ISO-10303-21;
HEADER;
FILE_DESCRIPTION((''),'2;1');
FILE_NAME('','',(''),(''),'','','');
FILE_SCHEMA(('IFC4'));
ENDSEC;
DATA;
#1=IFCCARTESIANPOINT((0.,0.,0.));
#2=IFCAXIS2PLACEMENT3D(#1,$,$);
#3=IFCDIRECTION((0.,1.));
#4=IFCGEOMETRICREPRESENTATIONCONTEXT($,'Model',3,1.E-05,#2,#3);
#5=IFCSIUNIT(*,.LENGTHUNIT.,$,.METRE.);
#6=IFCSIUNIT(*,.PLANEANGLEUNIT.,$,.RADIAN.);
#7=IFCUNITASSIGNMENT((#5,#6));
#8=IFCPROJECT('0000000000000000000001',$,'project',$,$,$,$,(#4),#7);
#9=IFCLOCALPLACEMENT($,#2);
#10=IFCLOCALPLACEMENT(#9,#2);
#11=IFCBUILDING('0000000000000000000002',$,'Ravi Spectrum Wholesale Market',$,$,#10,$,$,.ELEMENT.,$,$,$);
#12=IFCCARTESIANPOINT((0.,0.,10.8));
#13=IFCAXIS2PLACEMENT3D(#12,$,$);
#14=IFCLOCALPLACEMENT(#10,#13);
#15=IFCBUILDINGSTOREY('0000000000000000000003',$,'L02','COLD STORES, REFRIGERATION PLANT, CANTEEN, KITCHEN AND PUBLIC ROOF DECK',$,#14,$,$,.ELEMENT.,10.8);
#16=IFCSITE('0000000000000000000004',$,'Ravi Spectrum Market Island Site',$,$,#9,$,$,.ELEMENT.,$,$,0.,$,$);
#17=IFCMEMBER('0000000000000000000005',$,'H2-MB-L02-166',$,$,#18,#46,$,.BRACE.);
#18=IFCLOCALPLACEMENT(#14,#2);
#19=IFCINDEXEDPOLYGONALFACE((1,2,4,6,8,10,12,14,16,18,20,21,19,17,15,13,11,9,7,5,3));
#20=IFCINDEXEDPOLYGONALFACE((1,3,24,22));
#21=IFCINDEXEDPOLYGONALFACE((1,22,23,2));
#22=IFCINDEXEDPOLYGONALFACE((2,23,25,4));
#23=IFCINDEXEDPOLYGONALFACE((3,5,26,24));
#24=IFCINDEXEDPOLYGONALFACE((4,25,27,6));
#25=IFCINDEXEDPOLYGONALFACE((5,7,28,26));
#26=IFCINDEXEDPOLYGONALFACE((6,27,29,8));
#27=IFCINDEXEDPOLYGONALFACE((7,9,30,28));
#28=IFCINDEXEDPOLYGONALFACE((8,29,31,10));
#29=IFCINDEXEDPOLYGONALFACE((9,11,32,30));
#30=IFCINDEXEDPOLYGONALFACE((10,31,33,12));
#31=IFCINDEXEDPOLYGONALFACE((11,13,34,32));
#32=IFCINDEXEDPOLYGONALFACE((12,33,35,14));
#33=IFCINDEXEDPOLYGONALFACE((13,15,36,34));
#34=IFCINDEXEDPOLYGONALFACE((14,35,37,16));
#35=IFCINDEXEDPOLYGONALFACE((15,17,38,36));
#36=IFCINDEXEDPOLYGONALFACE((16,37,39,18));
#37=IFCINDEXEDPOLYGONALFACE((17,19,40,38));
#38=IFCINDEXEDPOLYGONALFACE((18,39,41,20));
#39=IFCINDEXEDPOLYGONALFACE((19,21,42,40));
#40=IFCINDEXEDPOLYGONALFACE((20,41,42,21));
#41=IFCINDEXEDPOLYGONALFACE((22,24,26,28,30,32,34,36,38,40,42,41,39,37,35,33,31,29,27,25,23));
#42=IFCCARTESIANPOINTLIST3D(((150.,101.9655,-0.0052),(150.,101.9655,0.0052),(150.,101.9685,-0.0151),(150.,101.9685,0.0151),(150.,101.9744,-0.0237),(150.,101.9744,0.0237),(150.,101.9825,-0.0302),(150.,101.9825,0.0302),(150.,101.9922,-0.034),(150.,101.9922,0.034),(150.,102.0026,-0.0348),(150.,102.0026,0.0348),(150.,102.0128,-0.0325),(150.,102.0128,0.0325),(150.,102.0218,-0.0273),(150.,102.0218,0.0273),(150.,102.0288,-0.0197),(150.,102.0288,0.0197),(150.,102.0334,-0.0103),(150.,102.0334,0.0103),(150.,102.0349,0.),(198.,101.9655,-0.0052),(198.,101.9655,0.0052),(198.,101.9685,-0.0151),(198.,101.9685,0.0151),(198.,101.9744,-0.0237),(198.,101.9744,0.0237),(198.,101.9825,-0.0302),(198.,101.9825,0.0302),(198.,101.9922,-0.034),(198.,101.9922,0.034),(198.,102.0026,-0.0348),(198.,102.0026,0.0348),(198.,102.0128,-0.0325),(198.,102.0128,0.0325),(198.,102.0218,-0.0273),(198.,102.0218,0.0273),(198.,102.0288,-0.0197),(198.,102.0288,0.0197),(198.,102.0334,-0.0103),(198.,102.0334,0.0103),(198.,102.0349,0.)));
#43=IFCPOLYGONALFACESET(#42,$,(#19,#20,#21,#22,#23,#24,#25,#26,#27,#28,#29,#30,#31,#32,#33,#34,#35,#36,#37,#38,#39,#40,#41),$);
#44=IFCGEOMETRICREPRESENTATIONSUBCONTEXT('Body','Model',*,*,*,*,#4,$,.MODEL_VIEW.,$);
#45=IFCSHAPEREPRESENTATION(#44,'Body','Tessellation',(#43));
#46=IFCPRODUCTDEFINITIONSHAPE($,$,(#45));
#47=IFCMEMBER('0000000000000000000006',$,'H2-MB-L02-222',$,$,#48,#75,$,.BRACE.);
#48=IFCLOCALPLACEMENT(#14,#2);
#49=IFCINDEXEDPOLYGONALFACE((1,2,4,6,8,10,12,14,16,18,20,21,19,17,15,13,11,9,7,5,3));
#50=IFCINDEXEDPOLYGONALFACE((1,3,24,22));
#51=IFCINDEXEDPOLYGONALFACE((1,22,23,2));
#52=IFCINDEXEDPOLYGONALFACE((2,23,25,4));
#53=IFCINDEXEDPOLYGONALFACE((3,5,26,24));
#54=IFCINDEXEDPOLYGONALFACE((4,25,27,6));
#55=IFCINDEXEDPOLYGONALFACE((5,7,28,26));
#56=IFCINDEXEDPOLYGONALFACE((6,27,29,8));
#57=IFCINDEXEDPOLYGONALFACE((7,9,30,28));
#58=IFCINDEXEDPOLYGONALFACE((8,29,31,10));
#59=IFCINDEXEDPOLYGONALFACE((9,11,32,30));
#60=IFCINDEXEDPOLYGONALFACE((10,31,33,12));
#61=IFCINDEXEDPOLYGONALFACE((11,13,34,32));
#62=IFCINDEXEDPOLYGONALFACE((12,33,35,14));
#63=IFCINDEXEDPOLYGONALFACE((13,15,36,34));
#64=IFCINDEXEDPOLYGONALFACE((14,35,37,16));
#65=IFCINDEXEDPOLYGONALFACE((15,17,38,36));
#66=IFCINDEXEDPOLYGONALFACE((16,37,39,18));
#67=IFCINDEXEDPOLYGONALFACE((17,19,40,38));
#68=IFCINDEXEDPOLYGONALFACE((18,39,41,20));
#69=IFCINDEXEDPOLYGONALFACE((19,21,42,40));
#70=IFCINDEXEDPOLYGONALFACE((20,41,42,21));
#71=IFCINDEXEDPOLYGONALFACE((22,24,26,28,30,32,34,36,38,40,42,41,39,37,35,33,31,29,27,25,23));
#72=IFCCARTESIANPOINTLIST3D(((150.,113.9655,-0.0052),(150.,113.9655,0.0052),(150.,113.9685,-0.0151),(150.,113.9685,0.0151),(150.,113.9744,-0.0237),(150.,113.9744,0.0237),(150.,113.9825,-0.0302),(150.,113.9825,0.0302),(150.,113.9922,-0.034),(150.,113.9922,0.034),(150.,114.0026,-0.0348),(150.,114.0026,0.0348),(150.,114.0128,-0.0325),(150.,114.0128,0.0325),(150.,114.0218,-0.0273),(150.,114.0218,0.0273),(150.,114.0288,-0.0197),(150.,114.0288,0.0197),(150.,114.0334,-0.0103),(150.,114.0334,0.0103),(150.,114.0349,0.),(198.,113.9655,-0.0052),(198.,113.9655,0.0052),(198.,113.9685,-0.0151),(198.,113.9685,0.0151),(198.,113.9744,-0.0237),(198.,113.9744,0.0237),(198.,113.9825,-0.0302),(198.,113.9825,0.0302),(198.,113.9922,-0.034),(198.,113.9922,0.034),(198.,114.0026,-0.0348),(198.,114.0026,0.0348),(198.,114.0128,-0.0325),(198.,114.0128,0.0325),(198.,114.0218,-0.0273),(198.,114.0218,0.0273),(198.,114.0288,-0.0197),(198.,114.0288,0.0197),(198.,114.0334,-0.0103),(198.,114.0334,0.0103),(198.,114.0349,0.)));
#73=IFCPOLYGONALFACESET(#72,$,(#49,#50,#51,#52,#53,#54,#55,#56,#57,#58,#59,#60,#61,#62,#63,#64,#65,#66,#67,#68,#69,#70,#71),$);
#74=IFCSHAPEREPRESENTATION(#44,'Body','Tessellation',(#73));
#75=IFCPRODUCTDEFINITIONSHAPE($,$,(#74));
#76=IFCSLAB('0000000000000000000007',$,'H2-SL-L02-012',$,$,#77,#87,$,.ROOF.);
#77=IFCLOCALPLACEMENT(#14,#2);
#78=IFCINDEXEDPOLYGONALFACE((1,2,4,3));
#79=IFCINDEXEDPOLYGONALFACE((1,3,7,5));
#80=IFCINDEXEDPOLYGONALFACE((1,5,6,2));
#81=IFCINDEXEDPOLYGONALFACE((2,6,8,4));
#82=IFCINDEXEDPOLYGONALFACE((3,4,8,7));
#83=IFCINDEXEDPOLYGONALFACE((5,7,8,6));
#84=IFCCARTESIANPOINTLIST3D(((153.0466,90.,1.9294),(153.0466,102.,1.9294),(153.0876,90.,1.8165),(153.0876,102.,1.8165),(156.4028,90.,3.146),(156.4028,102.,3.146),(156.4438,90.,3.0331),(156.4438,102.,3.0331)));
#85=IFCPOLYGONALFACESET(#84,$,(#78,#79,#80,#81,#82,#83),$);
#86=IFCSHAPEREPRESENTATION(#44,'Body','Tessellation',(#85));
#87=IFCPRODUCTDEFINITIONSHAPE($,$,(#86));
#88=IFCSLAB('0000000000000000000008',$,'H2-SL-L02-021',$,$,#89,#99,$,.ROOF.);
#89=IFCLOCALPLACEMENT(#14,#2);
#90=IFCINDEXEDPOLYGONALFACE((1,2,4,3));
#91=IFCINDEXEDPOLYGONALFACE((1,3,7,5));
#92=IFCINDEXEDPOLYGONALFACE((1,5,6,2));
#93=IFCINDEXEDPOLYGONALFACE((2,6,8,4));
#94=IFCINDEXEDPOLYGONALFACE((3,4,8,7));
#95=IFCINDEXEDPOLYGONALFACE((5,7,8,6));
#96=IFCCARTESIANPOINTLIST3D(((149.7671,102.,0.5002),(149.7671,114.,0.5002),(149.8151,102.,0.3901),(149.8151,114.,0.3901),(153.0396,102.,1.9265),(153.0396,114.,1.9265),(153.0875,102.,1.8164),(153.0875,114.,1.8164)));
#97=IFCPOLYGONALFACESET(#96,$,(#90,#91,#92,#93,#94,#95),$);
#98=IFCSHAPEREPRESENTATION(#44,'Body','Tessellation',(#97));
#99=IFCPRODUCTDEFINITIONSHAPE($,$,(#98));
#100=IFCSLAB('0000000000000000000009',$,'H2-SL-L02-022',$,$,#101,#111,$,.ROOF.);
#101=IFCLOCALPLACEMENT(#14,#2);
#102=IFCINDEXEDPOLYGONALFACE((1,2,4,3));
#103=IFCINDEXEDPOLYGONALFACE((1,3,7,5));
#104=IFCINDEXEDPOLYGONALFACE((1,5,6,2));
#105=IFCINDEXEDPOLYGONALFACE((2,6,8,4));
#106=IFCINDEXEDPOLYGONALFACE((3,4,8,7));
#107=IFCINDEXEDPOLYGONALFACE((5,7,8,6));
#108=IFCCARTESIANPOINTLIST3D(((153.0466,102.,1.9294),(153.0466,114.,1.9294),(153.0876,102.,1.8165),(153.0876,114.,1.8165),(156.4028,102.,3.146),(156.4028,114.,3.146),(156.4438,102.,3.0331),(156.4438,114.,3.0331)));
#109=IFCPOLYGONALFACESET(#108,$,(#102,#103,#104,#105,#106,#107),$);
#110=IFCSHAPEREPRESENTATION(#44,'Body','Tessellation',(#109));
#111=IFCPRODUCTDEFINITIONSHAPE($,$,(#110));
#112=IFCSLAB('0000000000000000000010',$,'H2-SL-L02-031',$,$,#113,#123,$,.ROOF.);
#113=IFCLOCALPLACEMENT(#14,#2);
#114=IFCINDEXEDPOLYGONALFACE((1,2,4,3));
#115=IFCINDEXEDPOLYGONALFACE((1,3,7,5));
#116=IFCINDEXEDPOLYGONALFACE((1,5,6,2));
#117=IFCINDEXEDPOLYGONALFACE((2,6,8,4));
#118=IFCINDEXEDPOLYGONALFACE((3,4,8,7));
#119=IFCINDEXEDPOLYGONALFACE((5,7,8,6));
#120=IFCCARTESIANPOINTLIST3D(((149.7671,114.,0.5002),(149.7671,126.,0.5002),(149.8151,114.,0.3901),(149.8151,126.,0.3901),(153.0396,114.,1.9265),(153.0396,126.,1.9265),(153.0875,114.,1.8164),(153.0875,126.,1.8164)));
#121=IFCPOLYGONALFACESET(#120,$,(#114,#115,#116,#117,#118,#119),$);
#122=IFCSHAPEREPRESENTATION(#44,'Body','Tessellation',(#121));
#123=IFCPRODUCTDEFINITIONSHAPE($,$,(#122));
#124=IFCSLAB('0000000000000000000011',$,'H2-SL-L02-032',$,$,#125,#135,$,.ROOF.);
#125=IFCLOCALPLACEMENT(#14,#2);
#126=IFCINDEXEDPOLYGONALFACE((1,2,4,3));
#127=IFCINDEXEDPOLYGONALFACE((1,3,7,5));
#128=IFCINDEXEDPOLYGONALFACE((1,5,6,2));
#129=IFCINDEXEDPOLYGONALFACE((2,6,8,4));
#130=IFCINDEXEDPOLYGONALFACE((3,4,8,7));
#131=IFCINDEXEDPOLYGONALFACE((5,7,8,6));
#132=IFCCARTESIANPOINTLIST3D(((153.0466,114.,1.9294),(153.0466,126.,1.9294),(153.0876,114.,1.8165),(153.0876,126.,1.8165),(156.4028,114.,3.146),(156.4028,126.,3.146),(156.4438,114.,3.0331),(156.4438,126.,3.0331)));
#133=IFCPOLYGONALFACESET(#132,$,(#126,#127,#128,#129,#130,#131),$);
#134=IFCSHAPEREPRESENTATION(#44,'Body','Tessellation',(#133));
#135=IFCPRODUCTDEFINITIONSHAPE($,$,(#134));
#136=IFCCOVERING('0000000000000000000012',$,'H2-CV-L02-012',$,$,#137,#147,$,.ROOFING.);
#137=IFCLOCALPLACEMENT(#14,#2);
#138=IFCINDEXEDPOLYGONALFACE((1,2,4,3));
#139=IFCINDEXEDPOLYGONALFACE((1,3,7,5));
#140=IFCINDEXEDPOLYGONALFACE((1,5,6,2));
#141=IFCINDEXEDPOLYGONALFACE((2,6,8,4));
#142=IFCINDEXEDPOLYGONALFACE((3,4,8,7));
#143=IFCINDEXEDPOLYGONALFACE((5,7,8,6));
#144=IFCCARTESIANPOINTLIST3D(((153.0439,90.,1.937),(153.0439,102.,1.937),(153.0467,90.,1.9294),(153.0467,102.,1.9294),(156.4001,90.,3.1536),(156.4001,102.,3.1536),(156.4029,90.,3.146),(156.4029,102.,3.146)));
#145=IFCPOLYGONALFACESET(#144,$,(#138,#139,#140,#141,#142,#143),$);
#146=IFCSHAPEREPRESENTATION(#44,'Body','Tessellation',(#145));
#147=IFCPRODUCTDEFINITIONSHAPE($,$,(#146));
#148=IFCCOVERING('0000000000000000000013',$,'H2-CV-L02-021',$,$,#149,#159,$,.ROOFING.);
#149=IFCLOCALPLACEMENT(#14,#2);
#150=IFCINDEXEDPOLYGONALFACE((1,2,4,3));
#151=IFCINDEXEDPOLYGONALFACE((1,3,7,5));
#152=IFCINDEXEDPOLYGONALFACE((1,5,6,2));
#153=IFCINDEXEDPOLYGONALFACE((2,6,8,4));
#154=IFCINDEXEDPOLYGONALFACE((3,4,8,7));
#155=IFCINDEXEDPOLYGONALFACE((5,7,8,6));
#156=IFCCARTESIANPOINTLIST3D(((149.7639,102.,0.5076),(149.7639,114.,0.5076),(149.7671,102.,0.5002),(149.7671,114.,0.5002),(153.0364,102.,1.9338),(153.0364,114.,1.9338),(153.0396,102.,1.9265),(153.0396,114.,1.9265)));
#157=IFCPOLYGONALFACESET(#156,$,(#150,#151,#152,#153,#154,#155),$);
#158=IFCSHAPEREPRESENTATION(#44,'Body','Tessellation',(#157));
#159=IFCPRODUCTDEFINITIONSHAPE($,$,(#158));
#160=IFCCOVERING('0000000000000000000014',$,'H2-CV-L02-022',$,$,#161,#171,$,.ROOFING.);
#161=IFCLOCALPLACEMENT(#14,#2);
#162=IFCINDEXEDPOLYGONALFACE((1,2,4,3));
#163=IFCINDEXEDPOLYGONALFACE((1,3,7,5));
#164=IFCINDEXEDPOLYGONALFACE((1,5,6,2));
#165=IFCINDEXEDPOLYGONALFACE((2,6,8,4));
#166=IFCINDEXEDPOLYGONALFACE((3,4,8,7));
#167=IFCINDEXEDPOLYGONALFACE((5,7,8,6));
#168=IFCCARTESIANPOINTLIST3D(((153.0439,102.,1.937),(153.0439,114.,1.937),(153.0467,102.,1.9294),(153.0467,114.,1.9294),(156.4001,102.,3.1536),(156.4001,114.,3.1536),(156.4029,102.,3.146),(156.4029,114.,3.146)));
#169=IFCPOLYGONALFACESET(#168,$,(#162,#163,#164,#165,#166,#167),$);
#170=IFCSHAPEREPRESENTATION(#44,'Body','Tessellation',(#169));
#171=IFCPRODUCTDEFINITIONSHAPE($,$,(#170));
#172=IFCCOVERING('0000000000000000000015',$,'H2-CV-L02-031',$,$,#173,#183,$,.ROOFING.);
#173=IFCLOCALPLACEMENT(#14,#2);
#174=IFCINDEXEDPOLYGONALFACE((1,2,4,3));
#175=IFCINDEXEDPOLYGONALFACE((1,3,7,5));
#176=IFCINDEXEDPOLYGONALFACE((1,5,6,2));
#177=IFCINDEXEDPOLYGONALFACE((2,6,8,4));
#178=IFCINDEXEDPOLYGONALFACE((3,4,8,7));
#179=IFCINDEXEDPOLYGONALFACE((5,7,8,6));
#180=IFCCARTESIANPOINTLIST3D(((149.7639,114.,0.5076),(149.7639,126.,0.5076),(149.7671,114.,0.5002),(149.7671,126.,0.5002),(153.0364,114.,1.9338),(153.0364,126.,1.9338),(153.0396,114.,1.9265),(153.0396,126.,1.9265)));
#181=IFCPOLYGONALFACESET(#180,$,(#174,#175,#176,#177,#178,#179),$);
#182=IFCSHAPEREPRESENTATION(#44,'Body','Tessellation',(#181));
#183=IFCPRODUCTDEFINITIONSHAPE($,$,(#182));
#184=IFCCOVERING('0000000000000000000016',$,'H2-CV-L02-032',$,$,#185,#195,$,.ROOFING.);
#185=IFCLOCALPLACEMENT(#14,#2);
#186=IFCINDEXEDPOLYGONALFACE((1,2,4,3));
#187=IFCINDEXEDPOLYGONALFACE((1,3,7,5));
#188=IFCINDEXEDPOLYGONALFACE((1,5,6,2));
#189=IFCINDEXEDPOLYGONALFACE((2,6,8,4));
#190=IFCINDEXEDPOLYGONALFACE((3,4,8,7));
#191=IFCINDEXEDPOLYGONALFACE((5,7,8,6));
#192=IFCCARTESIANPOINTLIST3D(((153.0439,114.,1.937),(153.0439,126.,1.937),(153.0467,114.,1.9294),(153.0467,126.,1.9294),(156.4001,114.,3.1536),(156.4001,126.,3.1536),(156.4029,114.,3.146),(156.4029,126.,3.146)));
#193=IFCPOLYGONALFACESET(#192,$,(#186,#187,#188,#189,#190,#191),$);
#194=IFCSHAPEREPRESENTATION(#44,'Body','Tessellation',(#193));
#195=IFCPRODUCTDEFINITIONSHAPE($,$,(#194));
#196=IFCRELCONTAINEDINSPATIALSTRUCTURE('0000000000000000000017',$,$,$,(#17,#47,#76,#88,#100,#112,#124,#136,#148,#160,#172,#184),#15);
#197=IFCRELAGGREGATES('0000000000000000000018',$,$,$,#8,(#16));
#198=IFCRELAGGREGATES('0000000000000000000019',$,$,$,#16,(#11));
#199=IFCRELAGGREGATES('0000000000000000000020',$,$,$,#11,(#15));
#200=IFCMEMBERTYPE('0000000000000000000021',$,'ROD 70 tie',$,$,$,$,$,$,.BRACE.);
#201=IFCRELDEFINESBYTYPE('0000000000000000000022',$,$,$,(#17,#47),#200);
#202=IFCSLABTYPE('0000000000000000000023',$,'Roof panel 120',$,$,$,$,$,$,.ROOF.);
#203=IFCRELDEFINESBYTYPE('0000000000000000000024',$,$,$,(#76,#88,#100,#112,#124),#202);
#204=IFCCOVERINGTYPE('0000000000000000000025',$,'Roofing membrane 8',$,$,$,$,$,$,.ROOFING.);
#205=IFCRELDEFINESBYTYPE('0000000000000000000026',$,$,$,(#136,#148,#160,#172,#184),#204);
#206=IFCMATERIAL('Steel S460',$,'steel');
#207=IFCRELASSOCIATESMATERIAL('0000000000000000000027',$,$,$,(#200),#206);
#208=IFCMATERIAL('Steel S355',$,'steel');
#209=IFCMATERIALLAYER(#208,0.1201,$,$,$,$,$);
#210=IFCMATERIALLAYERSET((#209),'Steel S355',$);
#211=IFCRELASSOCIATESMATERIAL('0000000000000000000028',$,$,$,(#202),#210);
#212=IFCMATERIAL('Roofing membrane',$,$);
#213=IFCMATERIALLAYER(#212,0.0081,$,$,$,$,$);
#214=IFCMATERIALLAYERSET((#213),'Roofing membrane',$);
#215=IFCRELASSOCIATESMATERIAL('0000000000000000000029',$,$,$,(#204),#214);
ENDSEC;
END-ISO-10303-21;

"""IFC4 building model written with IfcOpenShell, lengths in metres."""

from ifc_helpers import new_model, si_unit, direction, frame, origin, origin_2d, place, context, subcontext, project, spatial, polyline, circle, outline, extrude, material, layer, layer_set, material_profile, profile_set, type_object, element, save


model = new_model("IFC4")

# Units and contexts
model_context = context("Model", 3, precision=1e-05, world=origin(), true_north=direction((0.0, 1.0)))
body_context = subcontext(model_context, "Body", "Model", "MODEL_VIEW")
ifc_project = project(units=[si_unit("LENGTHUNIT", "METRE"), si_unit("PLANEANGLEUNIT", "RADIAN")], contexts=[model_context])

# Site, building, storey
site_placement = place(None, origin())
site = spatial("IfcSite", under=ifc_project, at=site_placement, Name="Ravi Spectrum Market Island Site", CompositionType="ELEMENT", RefElevation=0.0)
building_placement = place(site_placement, origin())
building = spatial("IfcBuilding", under=site, at=building_placement, Name="Ravi Spectrum Wholesale Market", CompositionType="ELEMENT")
storey_placement = place(building_placement, frame((0.0, 0.0, 10.8)))
storey = spatial("IfcBuildingStorey", under=building, at=storey_placement, Name="L02", Description="COLD STORES, REFRIGERATION PLANT, CANTEEN, KITCHEN AND PUBLIC ROOF DECK", CompositionType="ELEMENT", Elevation=10.8)

# Members
ifc_material_1 = material(Name="Steel S460", Category="steel")
ifc_material_profile_1 = material_profile(ifc_material_1, circle(Radius=0.0349, at=origin_2d()))
ifc_profile_set_1 = profile_set([ifc_material_profile_1], Name="Steel S460")
member_type_1 = type_object("IfcMemberType", Name="ROD 70 tie", PredefinedType="BRACE", material=ifc_profile_set_1)
for number, where, z_axis, x_axis, name in (
    (1, (150.0, 102.0, 0.0), (1.0, 0.0, 0.0), (0.0, 1.0, 0.0), "H2-MB-L02-166"),
    (2, (150.0, 114.0, 0.0), (1.0, 0.0, 0.0), (0.0, 1.0, 0.0), "H2-MB-L02-222"),
):
    element("IfcMember", number, at=place(storey_placement, frame(where, z_axis=z_axis, x_axis=x_axis)), inside=storey, type_object=member_type_1, Name=name, PredefinedType="BRACE", context=body_context, shape_type="SweptSolid", body=[
        extrude(circle(Radius=0.0349, at=origin_2d()), origin(), (0.0, 0.0, 1.0), 48.0),
    ])

# Slabs
ifc_material_2 = material(Name="Steel S355", Category="steel")
ifc_layer_1 = layer(ifc_material_2, 0.1201)
ifc_layer_set_1 = layer_set([ifc_layer_1], Name="Steel S355")
slab_type = type_object("IfcSlabType", Name="Roof panel 120", PredefinedType="ROOF", material=ifc_layer_set_1)
slab_1_placement = place(storey_placement, frame((153.0466, 90.0, 1.9294), z_axis=(-0.340782, 0.0, 0.940142), x_axis=(0.940142, 0.0, 0.340782)))
element("IfcSlab", 3, at=slab_1_placement, inside=storey, type_object=slab_type, Name="H2-SL-L02-012", PredefinedType="ROOF", context=body_context, shape_type="SweptSolid", body=[
    extrude(outline(polyline([(0.0, 0.0), (3.5699, 0.0), (3.5699, 12.0), (0.0, 12.0), (0.0, 0.0)])), origin(), (0.0, 0.0, -1.0), 0.1201),
])
slab_2_placement = place(storey_placement, frame((149.7671, 102.0, 0.5002), z_axis=(-0.399541, 0.0, 0.916715), x_axis=(0.916715, 0.0, 0.399541)))
element("IfcSlab", 4, at=slab_2_placement, inside=storey, type_object=slab_type, Name="H2-SL-L02-021", PredefinedType="ROOF", context=body_context, shape_type="SweptSolid", body=[
    extrude(outline(polyline([(0.0, 0.0), (3.5698, 0.0), (3.5698, 12.0), (0.0, 12.0), (0.0, 0.0)])), origin(), (0.0, 0.0, -1.0), 0.1201),
])
slab_3_placement = place(storey_placement, frame((153.0466, 102.0, 1.9294), z_axis=(-0.340782, 0.0, 0.940142), x_axis=(0.940142, 0.0, 0.340782)))
element("IfcSlab", 5, at=slab_3_placement, inside=storey, type_object=slab_type, Name="H2-SL-L02-022", PredefinedType="ROOF", context=body_context, shape_type="SweptSolid", body=[
    extrude(outline(polyline([(0.0, 0.0), (3.5699, 0.0), (3.5699, 12.0), (0.0, 12.0), (0.0, 0.0)])), origin(), (0.0, 0.0, -1.0), 0.1201),
])
slab_4_placement = place(storey_placement, frame((149.7671, 114.0, 0.5002), z_axis=(-0.399541, 0.0, 0.916715), x_axis=(0.916715, 0.0, 0.399541)))
element("IfcSlab", 6, at=slab_4_placement, inside=storey, type_object=slab_type, Name="H2-SL-L02-031", PredefinedType="ROOF", context=body_context, shape_type="SweptSolid", body=[
    extrude(outline(polyline([(0.0, 0.0), (3.5698, 0.0), (3.5698, 12.0), (0.0, 12.0), (0.0, 0.0)])), origin(), (0.0, 0.0, -1.0), 0.1201),
])
slab_5_placement = place(storey_placement, frame((153.0466, 114.0, 1.9294), z_axis=(-0.340782, 0.0, 0.940142), x_axis=(0.940142, 0.0, 0.340782)))
element("IfcSlab", 7, at=slab_5_placement, inside=storey, type_object=slab_type, Name="H2-SL-L02-032", PredefinedType="ROOF", context=body_context, shape_type="SweptSolid", body=[
    extrude(outline(polyline([(0.0, 0.0), (3.5699, 0.0), (3.5699, 12.0), (0.0, 12.0), (0.0, 0.0)])), origin(), (0.0, 0.0, -1.0), 0.1201),
])

# Coverings
ifc_material_3 = material(Name="Roofing membrane")
ifc_layer_2 = layer(ifc_material_3, 0.0081)
ifc_layer_set_2 = layer_set([ifc_layer_2], Name="Roofing membrane")
covering_type = type_object("IfcCoveringType", Name="Roofing membrane 8", PredefinedType="ROOFING", material=ifc_layer_set_2)
covering_1_placement = place(storey_placement, frame((153.0439, 90.0, 1.937), z_axis=(-0.340782, 0.0, 0.940142), x_axis=(0.940142, 0.0, 0.340782)))
element("IfcCovering", 8, at=covering_1_placement, inside=storey, type_object=covering_type, Name="H2-CV-L02-012", PredefinedType="ROOFING", context=body_context, shape_type="SweptSolid", body=[
    extrude(outline(polyline([(0.0, 0.0), (3.5699, 0.0), (3.5699, 12.0), (0.0, 12.0), (0.0, 0.0)])), origin(), (0.0, 0.0, -1.0), 0.0081),
])
covering_2_placement = place(storey_placement, frame((149.7639, 102.0, 0.5076), z_axis=(-0.399541, 0.0, 0.916715), x_axis=(0.916715, 0.0, 0.399541)))
element("IfcCovering", 9, at=covering_2_placement, inside=storey, type_object=covering_type, Name="H2-CV-L02-021", PredefinedType="ROOFING", context=body_context, shape_type="SweptSolid", body=[
    extrude(outline(polyline([(0.0, 0.0), (3.5698, 0.0), (3.5698, 12.0), (0.0, 12.0), (0.0, 0.0)])), origin(), (0.0, 0.0, -1.0), 0.0081),
])
covering_3_placement = place(storey_placement, frame((153.0439, 102.0, 1.937), z_axis=(-0.340782, 0.0, 0.940142), x_axis=(0.940142, 0.0, 0.340782)))
element("IfcCovering", 10, at=covering_3_placement, inside=storey, type_object=covering_type, Name="H2-CV-L02-022", PredefinedType="ROOFING", context=body_context, shape_type="SweptSolid", body=[
    extrude(outline(polyline([(0.0, 0.0), (3.5699, 0.0), (3.5699, 12.0), (0.0, 12.0), (0.0, 0.0)])), origin(), (0.0, 0.0, -1.0), 0.0081),
])
covering_4_placement = place(storey_placement, frame((149.7639, 114.0, 0.5076), z_axis=(-0.399541, 0.0, 0.916715), x_axis=(0.916715, 0.0, 0.399541)))
element("IfcCovering", 11, at=covering_4_placement, inside=storey, type_object=covering_type, Name="H2-CV-L02-031", PredefinedType="ROOFING", context=body_context, shape_type="SweptSolid", body=[
    extrude(outline(polyline([(0.0, 0.0), (3.5698, 0.0), (3.5698, 12.0), (0.0, 12.0), (0.0, 0.0)])), origin(), (0.0, 0.0, -1.0), 0.0081),
])
covering_5_placement = place(storey_placement, frame((153.0439, 114.0, 1.937), z_axis=(-0.340782, 0.0, 0.940142), x_axis=(0.940142, 0.0, 0.340782)))
element("IfcCovering", 12, at=covering_5_placement, inside=storey, type_object=covering_type, Name="H2-CV-L02-032", PredefinedType="ROOFING", context=body_context, shape_type="SweptSolid", body=[
    extrude(outline(polyline([(0.0, 0.0), (3.5699, 0.0), (3.5699, 12.0), (0.0, 12.0), (0.0, 0.0)])), origin(), (0.0, 0.0, -1.0), 0.0081),
])

save(model, "model.ifc")
